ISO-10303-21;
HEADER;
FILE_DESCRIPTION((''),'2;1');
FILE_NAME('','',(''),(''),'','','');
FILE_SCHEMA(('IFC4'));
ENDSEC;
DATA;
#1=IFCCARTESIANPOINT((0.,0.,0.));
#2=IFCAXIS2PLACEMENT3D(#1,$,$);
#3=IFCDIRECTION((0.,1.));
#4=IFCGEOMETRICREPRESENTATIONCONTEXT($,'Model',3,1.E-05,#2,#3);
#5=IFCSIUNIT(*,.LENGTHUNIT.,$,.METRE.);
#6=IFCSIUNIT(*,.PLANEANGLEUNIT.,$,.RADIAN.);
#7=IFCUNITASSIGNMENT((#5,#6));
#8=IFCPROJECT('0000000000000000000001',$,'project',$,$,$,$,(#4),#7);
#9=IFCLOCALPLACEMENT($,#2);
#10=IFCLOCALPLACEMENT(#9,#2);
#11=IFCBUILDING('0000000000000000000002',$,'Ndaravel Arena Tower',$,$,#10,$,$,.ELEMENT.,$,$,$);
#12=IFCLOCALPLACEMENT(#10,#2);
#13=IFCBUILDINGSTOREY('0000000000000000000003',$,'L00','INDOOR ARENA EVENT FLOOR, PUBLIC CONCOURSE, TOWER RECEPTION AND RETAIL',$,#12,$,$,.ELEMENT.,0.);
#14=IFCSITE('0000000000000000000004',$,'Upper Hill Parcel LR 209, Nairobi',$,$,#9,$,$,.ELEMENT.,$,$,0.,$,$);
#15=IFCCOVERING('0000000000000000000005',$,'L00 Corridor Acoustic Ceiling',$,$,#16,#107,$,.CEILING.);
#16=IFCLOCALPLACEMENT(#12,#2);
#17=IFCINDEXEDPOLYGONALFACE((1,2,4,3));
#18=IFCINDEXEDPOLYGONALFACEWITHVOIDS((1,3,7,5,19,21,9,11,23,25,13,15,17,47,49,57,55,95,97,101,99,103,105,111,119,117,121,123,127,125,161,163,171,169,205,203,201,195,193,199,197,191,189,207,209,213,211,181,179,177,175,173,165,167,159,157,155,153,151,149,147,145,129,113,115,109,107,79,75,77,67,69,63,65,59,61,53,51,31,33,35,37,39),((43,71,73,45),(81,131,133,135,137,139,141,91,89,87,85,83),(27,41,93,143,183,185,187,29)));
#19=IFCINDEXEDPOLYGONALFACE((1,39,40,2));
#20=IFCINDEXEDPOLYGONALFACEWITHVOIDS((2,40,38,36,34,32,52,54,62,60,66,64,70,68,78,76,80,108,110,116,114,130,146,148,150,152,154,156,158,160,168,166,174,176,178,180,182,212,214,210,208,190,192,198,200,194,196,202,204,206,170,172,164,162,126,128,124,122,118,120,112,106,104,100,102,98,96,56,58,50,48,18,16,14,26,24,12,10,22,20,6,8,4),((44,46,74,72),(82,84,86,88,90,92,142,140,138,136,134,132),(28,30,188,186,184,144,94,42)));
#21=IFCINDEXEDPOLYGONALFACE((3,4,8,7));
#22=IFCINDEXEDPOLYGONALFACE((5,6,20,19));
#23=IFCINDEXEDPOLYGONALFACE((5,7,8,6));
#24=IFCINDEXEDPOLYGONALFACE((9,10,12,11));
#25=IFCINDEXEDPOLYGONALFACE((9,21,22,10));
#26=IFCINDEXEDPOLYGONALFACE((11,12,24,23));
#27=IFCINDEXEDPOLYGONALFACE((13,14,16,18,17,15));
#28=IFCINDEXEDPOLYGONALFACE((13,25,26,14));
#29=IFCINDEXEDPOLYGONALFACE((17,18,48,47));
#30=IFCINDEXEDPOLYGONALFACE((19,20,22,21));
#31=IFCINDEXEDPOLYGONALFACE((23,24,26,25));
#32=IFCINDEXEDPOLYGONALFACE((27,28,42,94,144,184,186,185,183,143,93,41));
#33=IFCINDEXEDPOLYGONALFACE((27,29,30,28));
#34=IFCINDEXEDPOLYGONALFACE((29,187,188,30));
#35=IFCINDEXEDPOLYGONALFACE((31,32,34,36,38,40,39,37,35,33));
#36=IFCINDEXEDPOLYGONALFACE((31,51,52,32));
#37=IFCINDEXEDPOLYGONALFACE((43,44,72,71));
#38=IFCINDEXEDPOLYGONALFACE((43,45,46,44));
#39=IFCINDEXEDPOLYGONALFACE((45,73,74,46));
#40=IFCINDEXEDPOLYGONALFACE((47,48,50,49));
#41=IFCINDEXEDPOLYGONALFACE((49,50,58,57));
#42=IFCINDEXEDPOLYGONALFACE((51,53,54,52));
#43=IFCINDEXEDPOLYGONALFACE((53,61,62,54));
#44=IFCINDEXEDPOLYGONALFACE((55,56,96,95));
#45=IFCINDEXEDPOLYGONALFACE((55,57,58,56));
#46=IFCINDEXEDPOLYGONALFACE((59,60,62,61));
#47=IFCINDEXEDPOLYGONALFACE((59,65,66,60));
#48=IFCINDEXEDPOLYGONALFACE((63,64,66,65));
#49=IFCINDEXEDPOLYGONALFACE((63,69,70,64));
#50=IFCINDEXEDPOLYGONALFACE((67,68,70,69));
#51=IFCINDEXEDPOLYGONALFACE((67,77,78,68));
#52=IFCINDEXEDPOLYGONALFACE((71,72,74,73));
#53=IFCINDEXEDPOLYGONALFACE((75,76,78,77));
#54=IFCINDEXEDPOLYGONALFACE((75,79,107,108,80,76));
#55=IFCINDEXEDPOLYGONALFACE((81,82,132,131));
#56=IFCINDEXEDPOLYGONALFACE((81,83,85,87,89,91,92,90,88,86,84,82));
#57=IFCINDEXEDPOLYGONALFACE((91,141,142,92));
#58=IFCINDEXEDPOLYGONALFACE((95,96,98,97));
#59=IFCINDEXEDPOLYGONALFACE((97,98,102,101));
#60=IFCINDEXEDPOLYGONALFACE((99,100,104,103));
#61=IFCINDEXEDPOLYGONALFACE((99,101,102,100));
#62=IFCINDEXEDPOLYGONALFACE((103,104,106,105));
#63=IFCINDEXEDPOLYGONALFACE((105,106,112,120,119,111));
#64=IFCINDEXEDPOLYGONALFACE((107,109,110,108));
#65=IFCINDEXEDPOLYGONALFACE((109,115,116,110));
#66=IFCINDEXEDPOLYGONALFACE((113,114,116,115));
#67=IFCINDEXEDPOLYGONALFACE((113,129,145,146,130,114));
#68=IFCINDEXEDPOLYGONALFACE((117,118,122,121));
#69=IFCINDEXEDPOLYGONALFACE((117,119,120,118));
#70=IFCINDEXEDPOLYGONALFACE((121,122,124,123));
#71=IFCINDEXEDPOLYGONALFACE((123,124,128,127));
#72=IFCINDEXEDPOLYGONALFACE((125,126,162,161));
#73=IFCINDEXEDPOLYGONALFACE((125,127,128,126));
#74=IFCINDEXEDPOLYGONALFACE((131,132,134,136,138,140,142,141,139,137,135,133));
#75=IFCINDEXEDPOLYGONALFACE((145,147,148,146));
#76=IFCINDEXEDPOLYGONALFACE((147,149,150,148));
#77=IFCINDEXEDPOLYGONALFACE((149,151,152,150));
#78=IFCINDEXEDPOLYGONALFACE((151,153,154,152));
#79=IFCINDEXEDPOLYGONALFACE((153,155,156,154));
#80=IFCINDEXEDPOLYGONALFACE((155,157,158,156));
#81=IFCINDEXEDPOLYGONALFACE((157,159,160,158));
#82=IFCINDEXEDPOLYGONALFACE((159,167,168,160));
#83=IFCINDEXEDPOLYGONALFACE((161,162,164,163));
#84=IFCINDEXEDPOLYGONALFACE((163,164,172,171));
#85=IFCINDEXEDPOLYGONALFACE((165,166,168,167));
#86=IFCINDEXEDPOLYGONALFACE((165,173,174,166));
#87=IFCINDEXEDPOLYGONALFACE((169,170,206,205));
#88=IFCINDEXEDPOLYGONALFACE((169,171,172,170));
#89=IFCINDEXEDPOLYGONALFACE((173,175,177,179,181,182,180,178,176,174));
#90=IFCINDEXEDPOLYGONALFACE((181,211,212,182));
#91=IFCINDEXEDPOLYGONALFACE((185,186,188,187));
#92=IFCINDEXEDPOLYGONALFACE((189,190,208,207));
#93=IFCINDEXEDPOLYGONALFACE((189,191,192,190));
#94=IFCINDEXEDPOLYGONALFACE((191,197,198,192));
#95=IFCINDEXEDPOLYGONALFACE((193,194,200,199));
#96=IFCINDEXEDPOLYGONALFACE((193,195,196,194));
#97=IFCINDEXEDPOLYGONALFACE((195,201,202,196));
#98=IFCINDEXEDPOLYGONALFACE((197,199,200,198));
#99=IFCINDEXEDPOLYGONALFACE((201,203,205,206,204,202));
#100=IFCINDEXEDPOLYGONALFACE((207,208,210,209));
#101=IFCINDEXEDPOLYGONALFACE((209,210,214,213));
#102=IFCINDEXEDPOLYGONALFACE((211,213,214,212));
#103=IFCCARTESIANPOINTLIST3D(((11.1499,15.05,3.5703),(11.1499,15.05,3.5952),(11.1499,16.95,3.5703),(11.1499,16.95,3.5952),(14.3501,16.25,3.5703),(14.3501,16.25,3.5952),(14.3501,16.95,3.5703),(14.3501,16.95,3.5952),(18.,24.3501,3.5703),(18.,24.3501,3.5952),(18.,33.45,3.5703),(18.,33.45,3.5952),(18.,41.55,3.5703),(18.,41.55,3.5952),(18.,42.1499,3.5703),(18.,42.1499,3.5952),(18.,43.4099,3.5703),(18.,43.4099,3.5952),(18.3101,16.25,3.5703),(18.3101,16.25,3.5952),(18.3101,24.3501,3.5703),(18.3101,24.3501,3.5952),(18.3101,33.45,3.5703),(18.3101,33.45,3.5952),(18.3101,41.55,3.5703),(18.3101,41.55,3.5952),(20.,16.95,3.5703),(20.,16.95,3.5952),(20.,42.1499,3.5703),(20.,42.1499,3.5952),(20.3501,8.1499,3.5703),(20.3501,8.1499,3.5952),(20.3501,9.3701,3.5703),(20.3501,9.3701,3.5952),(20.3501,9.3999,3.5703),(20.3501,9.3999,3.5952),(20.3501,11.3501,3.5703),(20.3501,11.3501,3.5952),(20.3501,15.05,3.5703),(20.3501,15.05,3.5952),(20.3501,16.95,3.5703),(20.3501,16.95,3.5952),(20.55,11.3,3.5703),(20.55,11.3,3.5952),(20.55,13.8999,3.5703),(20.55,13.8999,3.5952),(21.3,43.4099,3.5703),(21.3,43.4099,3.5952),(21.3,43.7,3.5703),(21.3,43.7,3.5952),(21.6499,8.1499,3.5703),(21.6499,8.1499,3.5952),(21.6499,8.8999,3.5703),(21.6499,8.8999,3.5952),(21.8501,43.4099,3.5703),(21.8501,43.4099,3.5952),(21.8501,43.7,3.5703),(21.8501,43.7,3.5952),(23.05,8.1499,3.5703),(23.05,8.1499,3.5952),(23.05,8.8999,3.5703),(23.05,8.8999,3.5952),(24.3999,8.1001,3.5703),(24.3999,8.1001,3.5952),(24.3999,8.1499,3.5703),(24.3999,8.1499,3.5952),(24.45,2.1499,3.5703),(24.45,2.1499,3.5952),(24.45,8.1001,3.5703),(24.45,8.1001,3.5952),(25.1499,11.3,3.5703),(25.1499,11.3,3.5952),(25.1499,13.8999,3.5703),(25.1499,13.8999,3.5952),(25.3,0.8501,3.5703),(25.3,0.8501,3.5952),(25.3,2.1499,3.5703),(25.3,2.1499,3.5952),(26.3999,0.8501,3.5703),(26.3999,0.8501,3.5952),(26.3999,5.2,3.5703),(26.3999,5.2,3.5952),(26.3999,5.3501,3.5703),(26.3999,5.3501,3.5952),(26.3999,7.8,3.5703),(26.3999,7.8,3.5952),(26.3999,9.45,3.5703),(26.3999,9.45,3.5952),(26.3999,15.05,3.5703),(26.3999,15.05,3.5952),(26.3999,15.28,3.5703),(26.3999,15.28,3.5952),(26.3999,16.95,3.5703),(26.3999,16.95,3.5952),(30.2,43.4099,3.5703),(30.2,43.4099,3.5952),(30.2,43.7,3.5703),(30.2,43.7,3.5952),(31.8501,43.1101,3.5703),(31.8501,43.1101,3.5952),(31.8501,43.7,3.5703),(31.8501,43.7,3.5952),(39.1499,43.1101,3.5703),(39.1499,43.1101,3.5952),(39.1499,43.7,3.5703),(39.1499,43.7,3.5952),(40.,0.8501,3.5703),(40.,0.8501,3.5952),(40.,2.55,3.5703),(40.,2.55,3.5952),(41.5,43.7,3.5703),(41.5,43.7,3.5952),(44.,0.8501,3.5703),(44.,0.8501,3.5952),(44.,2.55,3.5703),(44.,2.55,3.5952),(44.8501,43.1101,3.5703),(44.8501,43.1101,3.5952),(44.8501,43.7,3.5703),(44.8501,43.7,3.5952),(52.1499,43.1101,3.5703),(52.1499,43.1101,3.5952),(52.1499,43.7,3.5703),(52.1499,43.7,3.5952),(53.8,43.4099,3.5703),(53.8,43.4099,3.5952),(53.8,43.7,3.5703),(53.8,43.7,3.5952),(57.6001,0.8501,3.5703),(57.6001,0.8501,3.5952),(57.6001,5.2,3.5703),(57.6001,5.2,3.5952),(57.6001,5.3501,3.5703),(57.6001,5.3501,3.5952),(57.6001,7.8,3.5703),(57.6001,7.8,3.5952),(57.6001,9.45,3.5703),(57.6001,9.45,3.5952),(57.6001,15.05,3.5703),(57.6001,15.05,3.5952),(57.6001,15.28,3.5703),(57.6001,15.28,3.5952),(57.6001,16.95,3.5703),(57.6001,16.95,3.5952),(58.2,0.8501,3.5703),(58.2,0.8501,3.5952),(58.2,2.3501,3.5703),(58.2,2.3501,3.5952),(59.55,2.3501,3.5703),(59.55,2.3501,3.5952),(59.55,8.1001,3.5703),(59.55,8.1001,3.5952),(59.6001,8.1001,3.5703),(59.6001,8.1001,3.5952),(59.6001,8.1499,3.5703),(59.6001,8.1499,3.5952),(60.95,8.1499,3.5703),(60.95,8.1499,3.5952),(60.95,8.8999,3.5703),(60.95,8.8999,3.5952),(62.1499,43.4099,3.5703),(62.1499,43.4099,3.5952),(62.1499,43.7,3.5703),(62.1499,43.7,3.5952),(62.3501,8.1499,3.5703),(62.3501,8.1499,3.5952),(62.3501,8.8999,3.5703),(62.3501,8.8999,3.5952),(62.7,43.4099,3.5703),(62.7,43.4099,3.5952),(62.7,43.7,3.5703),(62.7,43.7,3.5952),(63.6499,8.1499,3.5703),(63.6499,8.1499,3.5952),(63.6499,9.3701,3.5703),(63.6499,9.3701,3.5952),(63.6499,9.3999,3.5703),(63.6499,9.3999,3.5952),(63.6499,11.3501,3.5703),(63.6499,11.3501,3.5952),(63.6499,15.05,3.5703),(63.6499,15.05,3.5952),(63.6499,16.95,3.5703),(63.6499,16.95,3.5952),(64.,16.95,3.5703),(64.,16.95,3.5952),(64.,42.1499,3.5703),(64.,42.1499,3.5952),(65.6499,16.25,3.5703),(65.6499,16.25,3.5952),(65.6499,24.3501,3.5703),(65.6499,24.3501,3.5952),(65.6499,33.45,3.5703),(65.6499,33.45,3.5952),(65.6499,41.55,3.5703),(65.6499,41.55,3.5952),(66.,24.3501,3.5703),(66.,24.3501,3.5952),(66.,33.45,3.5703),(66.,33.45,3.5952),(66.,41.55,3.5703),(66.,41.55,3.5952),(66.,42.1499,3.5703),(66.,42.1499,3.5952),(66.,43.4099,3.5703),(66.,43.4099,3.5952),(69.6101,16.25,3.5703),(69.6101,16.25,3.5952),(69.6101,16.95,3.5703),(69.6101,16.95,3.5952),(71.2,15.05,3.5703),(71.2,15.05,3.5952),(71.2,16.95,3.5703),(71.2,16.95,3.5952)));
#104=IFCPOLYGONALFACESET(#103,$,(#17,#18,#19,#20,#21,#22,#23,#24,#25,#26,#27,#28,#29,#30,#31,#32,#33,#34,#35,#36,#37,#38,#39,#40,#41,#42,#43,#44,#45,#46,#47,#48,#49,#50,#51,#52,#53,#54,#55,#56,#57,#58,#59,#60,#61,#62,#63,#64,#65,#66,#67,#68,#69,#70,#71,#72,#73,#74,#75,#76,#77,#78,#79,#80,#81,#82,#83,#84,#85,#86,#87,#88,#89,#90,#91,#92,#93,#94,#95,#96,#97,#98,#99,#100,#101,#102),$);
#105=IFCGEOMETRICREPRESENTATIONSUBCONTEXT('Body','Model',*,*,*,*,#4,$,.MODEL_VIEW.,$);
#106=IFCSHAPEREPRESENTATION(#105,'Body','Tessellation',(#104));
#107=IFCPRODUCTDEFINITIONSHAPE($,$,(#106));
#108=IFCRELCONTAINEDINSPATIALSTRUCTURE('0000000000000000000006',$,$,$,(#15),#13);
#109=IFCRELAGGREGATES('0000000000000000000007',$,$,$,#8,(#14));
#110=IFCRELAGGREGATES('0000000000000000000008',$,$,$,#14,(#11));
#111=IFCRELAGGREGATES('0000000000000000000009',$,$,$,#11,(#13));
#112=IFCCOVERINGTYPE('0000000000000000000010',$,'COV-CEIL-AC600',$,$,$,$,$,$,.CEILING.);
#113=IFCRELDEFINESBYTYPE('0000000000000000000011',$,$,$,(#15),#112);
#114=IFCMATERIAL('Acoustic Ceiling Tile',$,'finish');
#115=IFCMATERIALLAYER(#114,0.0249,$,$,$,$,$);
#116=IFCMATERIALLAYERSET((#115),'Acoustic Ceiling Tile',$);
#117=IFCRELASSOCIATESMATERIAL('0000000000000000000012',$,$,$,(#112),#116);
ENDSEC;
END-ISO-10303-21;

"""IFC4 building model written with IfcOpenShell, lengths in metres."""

from ifc_helpers import new_model, si_unit, direction, frame, origin, place, context, subcontext, project, spatial, polyline, outline, extrude, material, layer, layer_set, type_object, element, save


model = new_model("IFC4")

# Units and contexts
model_context = context("Model", 3, precision=1e-05, world=origin(), true_north=direction((0.0, 1.0)))
body_context = subcontext(model_context, "Body", "Model", "MODEL_VIEW")
ifc_project = project(units=[si_unit("LENGTHUNIT", "METRE"), si_unit("PLANEANGLEUNIT", "RADIAN")], contexts=[model_context])

# Site, building, storey
site_placement = place(None, origin())
site = spatial("IfcSite", under=ifc_project, at=site_placement, Name="Upper Hill Parcel LR 209, Nairobi", CompositionType="ELEMENT", RefElevation=0.0)
building_placement = place(site_placement, origin())
building = spatial("IfcBuilding", under=site, at=building_placement, Name="Ndaravel Arena Tower", CompositionType="ELEMENT")
storey_placement = place(building_placement, origin())
storey = spatial("IfcBuildingStorey", under=building, at=storey_placement, Name="L00", Description="INDOOR ARENA EVENT FLOOR, PUBLIC CONCOURSE, TOWER RECEPTION AND RETAIL", CompositionType="ELEMENT", Elevation=0.0)

# Covering
ifc_material_1 = material(Name="Acoustic Ceiling Tile", Category="finish")
ifc_layer_1 = layer(ifc_material_1, 0.0249)
ifc_layer_set_1 = layer_set([ifc_layer_1], Name="Acoustic Ceiling Tile")
covering_type_1 = type_object("IfcCoveringType", Name="COV-CEIL-AC600", PredefinedType="CEILING", material=ifc_layer_set_1)
covering_1_placement = place(storey_placement, frame((0.0, 0.0, 3.5703)))
element("IfcCovering", 1, at=covering_1_placement, inside=storey, type_object=covering_type_1, Name="L00 Corridor Acoustic Ceiling", PredefinedType="CEILING", context=body_context, shape_type="SweptSolid", body=[
    extrude(outline(polyline([(26.3999, 0.8501), (40.0, 0.8501), (40.0, 2.55), (44.0, 2.55), (44.0, 0.8501), (57.6001, 0.8501), (58.2, 0.8501), (58.2, 2.3501), (59.55, 2.3501), (59.55, 8.1001), (59.6001, 8.1001), (59.6001, 8.1499), (60.95, 8.1499), (60.95, 8.8999), (62.3501, 8.8999), (62.3501, 8.1499), (63.6499, 8.1499), (63.6499, 9.3701), (63.6499, 9.3999), (63.6499, 11.3501), (63.6499, 15.05), (71.2, 15.05), (71.2, 16.95), (69.6101, 16.95), (69.6101, 16.25), (65.6499, 16.25), (65.6499, 24.3501), (66.0, 24.3501), (66.0, 33.45), (65.6499, 33.45), (65.6499, 41.55), (66.0, 41.55), (66.0, 42.1499), (66.0, 43.4099), (62.7, 43.4099), (62.7, 43.7), (62.1499, 43.7), (62.1499, 43.4099), (53.8, 43.4099), (53.8, 43.7), (52.1499, 43.7), (52.1499, 43.1101), (44.8501, 43.1101), (44.8501, 43.7), (41.5, 43.7), (39.1499, 43.7), (39.1499, 43.1101), (31.8501, 43.1101), (31.8501, 43.7), (30.2, 43.7), (30.2, 43.4099), (21.8501, 43.4099), (21.8501, 43.7), (21.3, 43.7), (21.3, 43.4099), (18.0, 43.4099), (18.0, 42.1499), (18.0, 41.55), (18.3101, 41.55), (18.3101, 33.45), (18.0, 33.45), (18.0, 24.3501), (18.3101, 24.3501), (18.3101, 16.25), (14.3501, 16.25), (14.3501, 16.95), (11.1499, 16.95), (11.1499, 15.05), (20.3501, 15.05), (20.3501, 11.3501), (20.3501, 9.3999), (20.3501, 9.3701), (20.3501, 8.1499), (21.6499, 8.1499), (21.6499, 8.8999), (23.05, 8.8999), (23.05, 8.1499), (24.3999, 8.1499), (24.3999, 8.1001), (24.45, 8.1001), (24.45, 2.1499), (25.3, 2.1499), (25.3, 0.8501), (26.3999, 0.8501)]), holes=[polyline([(63.6499, 16.95), (57.6001, 16.95), (26.3999, 16.95), (20.3501, 16.95), (20.0, 16.95), (20.0, 42.1499), (64.0, 42.1499), (64.0, 16.95), (63.6499, 16.95)]), polyline([(26.3999, 5.2), (26.3999, 5.3501), (26.3999, 7.8), (26.3999, 9.45), (26.3999, 15.05), (26.3999, 15.28), (57.6001, 15.28), (57.6001, 15.05), (57.6001, 9.45), (57.6001, 7.8), (57.6001, 5.3501), (57.6001, 5.2), (26.3999, 5.2)]), polyline([(20.55, 13.8999), (25.1499, 13.8999), (25.1499, 11.3), (20.55, 11.3), (20.55, 13.8999)])]), origin(), (0.0, 0.0, 1.0), 0.0249),
])

save(model, "model.ifc")
